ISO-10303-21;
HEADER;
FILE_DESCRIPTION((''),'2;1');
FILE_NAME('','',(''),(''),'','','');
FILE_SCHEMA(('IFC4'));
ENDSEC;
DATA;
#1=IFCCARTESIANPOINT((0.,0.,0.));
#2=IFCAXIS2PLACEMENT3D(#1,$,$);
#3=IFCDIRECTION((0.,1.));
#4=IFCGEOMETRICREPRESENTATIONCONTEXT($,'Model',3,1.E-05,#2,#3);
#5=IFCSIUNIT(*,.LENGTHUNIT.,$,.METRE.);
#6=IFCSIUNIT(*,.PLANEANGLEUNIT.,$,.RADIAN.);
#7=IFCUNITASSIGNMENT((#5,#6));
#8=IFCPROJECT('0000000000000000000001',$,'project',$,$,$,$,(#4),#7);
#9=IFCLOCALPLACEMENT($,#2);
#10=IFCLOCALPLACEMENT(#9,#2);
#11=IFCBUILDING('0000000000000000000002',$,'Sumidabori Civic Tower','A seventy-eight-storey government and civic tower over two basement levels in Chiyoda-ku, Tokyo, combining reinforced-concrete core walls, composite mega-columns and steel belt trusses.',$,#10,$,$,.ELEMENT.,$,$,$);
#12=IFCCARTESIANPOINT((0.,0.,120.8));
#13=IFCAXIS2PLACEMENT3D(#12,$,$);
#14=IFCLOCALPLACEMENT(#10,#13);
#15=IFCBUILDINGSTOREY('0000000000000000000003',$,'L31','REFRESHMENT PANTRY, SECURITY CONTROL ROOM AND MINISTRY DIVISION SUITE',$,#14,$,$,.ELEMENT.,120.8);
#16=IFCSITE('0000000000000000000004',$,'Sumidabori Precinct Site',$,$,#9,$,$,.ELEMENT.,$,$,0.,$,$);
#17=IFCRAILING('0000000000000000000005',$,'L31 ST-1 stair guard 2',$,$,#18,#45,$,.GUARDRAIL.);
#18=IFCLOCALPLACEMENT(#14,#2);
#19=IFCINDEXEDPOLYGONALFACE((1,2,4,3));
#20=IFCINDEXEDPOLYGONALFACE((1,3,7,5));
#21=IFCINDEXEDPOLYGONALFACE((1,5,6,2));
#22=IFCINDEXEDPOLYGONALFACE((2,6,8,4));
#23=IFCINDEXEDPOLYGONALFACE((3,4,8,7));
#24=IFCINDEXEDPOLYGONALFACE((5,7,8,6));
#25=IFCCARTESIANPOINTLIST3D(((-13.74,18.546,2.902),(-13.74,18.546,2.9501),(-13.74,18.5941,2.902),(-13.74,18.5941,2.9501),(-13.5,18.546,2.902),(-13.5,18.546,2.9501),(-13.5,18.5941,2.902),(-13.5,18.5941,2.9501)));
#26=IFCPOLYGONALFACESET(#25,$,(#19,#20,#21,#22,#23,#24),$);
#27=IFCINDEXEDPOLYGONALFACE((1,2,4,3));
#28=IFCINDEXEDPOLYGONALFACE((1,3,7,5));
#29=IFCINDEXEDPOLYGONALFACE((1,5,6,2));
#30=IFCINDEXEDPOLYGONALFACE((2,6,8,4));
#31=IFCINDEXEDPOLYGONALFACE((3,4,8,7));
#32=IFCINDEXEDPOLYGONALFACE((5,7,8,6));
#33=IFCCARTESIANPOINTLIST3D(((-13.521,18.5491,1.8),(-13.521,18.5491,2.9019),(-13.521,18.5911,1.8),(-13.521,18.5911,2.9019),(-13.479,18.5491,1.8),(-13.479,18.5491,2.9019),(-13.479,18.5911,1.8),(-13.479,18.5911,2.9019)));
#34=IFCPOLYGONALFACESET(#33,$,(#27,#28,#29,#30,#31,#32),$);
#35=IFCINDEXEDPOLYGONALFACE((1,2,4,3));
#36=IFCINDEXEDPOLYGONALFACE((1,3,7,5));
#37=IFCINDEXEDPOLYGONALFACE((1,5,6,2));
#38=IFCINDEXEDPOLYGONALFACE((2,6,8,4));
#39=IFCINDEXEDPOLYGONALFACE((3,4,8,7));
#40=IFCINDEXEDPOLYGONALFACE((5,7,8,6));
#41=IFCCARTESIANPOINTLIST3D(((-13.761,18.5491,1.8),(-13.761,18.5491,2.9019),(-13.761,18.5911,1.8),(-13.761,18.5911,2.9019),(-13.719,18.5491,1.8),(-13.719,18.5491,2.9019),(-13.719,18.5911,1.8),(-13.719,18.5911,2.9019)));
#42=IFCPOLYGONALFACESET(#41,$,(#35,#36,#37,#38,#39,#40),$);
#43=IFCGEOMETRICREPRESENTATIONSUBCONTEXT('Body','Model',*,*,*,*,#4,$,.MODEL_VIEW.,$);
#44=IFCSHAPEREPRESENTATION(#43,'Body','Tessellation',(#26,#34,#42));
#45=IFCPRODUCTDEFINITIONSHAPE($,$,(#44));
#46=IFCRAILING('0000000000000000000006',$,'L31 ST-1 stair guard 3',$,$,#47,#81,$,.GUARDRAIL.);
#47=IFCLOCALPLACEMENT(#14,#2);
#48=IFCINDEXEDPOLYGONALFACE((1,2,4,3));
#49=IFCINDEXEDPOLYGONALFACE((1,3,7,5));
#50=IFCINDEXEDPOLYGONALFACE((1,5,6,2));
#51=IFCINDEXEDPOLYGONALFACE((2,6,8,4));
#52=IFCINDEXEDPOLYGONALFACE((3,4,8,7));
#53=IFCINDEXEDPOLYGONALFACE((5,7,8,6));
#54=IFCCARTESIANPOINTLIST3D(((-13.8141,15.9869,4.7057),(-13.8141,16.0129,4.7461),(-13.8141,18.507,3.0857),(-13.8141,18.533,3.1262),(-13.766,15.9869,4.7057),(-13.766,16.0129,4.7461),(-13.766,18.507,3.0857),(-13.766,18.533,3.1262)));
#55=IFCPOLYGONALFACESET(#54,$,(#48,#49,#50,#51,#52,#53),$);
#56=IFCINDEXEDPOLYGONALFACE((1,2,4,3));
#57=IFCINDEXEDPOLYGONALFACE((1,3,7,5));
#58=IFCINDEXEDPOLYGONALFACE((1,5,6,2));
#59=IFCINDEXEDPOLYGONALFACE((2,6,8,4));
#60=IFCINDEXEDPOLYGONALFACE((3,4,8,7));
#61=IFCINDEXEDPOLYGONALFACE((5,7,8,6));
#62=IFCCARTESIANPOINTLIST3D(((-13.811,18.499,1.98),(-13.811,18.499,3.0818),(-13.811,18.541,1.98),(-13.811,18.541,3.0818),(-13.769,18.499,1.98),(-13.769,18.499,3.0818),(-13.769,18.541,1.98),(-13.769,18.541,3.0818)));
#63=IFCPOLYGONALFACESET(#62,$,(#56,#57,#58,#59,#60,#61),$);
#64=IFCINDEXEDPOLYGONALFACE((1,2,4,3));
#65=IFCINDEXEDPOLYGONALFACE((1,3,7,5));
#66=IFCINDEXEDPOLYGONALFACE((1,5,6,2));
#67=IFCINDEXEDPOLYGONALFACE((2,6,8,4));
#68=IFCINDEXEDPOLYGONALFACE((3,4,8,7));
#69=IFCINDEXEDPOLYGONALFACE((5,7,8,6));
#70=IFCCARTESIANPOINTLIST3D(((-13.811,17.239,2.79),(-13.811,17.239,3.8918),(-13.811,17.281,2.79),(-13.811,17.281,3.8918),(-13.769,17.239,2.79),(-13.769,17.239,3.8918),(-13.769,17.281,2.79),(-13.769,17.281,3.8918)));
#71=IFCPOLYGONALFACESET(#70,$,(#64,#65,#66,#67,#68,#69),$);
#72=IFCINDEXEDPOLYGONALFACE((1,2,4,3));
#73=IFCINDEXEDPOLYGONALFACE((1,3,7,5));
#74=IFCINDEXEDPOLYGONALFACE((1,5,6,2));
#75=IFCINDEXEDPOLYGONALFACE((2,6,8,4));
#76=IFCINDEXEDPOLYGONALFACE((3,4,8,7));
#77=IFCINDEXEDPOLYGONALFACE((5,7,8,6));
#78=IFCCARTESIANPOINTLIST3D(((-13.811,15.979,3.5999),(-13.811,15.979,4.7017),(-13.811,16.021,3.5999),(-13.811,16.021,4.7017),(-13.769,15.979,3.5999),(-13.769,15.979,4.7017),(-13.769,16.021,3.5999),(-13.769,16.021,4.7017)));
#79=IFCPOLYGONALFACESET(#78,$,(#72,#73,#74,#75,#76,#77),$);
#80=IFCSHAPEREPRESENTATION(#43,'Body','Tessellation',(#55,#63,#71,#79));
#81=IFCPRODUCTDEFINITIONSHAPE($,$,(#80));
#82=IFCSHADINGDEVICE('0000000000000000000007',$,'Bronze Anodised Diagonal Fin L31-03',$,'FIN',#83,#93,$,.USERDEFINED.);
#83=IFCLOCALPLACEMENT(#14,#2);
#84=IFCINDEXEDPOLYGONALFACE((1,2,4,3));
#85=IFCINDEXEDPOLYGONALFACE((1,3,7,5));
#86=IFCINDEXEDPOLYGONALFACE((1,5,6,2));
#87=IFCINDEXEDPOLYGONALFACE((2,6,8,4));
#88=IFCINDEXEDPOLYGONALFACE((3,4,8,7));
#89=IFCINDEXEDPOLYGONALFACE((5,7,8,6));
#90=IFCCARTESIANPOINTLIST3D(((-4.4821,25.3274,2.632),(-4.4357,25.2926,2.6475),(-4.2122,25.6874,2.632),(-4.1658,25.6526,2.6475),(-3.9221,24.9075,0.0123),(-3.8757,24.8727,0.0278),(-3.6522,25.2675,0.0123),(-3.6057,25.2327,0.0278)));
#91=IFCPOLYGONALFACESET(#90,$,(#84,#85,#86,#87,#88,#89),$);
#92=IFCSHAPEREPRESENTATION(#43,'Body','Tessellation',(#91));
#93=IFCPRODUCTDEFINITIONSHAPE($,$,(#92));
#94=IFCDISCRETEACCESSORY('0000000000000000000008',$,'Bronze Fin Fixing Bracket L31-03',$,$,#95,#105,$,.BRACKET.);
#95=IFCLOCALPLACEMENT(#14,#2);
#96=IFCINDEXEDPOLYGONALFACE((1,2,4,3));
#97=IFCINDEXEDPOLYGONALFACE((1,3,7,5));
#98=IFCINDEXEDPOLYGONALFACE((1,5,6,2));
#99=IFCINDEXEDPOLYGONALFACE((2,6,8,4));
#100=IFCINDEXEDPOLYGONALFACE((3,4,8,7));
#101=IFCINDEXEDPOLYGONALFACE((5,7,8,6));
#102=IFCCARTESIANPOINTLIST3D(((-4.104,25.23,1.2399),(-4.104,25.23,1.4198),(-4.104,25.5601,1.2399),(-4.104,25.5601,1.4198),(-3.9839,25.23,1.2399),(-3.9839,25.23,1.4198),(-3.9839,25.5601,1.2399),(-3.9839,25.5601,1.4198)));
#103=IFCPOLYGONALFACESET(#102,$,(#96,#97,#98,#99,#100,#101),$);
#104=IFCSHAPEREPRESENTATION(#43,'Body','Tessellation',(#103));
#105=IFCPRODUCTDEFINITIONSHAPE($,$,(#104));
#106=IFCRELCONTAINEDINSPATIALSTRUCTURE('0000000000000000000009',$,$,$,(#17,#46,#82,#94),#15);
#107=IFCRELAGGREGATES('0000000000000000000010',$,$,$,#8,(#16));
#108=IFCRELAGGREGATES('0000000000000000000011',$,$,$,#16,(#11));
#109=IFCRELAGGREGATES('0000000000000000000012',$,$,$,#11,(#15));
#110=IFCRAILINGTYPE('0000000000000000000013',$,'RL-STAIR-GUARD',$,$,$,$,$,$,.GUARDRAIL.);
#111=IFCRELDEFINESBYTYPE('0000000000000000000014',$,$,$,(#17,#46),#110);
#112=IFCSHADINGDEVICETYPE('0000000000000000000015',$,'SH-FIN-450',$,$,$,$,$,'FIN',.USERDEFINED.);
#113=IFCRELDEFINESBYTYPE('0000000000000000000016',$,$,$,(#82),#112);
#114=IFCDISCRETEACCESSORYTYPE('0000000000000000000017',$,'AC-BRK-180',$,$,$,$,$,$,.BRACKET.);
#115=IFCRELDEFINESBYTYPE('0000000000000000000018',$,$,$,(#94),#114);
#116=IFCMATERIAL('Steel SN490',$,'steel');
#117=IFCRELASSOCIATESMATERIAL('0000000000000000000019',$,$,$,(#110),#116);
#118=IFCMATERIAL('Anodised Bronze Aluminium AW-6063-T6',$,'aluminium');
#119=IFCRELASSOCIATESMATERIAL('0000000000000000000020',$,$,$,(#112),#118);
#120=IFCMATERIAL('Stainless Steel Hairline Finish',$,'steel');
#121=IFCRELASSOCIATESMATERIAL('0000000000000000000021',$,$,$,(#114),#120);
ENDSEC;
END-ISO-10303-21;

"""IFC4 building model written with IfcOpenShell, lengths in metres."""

from ifc_helpers import new_model, si_unit, direction, frame, origin, origin_2d, place, context, subcontext, project, spatial, rectangle, extrude, source, transform, mapped, material, material_profile, profile_set, type_object, element, save


model = new_model("IFC4")

# Units and contexts
model_context = context("Model", 3, precision=1e-05, world=origin(), true_north=direction((0.0, 1.0)))
body_context = subcontext(model_context, "Body", "Model", "MODEL_VIEW")
ifc_project = project(units=[si_unit("LENGTHUNIT", "METRE"), si_unit("PLANEANGLEUNIT", "RADIAN")], contexts=[model_context])

# Site, building, storey
site_placement = place(None, origin())
site = spatial("IfcSite", under=ifc_project, at=site_placement, Name="Sumidabori Precinct Site", CompositionType="ELEMENT", RefElevation=0.0)
building_placement = place(site_placement, origin())
building = spatial("IfcBuilding", under=site, at=building_placement, Name="Sumidabori Civic Tower", Description="A seventy-eight-storey government and civic tower over two basement levels in Chiyoda-ku, Tokyo, combining reinforced-concrete core walls, composite mega-columns and steel belt trusses.", CompositionType="ELEMENT")
storey_placement = place(building_placement, frame((0.0, 0.0, 120.8)))
storey = spatial("IfcBuildingStorey", under=building, at=storey_placement, Name="L31", Description="REFRESHMENT PANTRY, SECURITY CONTROL ROOM AND MINISTRY DIVISION SUITE", CompositionType="ELEMENT", Elevation=120.8)

# Shared definitions
ifc_material_1 = material(Name="Anodised Bronze Aluminium AW-6063-T6", Category="aluminium")

# Railings
ifc_material_2 = material(Name="Stainless Steel Hairline Finish", Category="steel")
ifc_material_3 = material(Name="Steel SN490", Category="steel")
railing_type_1 = type_object("IfcRailingType", Name="RL-STAIR-GUARD", PredefinedType="GUARDRAIL", material=ifc_material_3)
railing_1_placement = place(storey_placement, frame((-13.5, 18.5701, 1.8)))
element("IfcRailing", 1, at=railing_1_placement, inside=storey, type_object=railing_type_1, Name="L31 ST-1 stair guard 2", PredefinedType="GUARDRAIL", context=body_context, shape_type="SweptSolid", body=[
    extrude(rectangle(XDim=0.0481, YDim=0.0481, at=origin_2d()), frame((0.0, 0.0, 1.126), z_axis=(-1.0, 0.0, 0.0), x_axis=(0.0, -1.0, 0.0)), (0.0, 0.0, 1.0), 0.24),
    extrude(rectangle(XDim=0.042, YDim=0.042, at=origin_2d()), origin(), (0.0, 0.0, 1.0), 1.1018),
    extrude(rectangle(XDim=0.042, YDim=0.042, at=origin_2d()), frame((-0.24, 0.0, 0.0)), (0.0, 0.0, 1.0), 1.1018),
])
railing_2_placement = place(storey_placement, frame((-13.79, 18.52, 1.98)))
element("IfcRailing", 2, at=railing_2_placement, inside=storey, type_object=railing_type_1, Name="L31 ST-1 stair guard 3", PredefinedType="GUARDRAIL", context=body_context, shape_type="SweptSolid", body=[
    extrude(rectangle(XDim=0.0481, YDim=0.0481, at=origin_2d()), frame((0.0, 0.0, 1.126), z_axis=(0.0, -0.8412, 0.540725), x_axis=(1.0, 0.0, 0.0)), (0.0, 0.0, 1.0), 2.9958),
    extrude(rectangle(XDim=0.042, YDim=0.042, at=origin_2d()), origin(), (0.0, 0.0, 1.0), 1.1018),
    extrude(rectangle(XDim=0.042, YDim=0.042, at=origin_2d()), frame((0.0, -1.26, 0.8101)), (0.0, 0.0, 1.0), 1.1018),
    extrude(rectangle(XDim=0.042, YDim=0.042, at=origin_2d()), frame((0.0, -2.52, 1.6199)), (0.0, 0.0, 1.0), 1.1018),
])

# Shading device
ifc_material_profile_1 = material_profile(ifc_material_1, rectangle(XDim=0.0601, YDim=0.45, at=origin_2d()), Name="BRONZE FIN 450x60")
ifc_profile_set_1 = profile_set([ifc_material_profile_1], Name="Anodised Bronze Aluminium AW-6063-T6")
shading_device_type = type_object("IfcShadingDeviceType", Name="SH-FIN-450", ElementType="FIN", PredefinedType="USERDEFINED", material=ifc_profile_set_1)
shared_shape_1 = source(origin(), body_context, "Body", "SweptSolid", [
    extrude(rectangle(XDim=0.0601, YDim=0.45, at=origin_2d()), origin(), (0.0, 0.0, 1.0), 2.7117),
])
shading_device_placement = place(storey_placement, frame((-3.7639, 25.0701, 0.02), z_axis=(-0.206528, 0.154851, 0.966109), x_axis=(0.772968, -0.579558, 0.258133)))
element("IfcShadingDevice", 3, at=shading_device_placement, inside=storey, type_object=shading_device_type, Name="Bronze Anodised Diagonal Fin L31-03", ObjectType="FIN", PredefinedType="USERDEFINED", context=body_context, shape_type="MappedRepresentation", body=[
    mapped(shared_shape_1, transform((0.0, 0.0, 0.0), x_axis=(1.0, 0.0, 0.0), y_axis=(0.0, 1.0, 0.0), z_axis=(0.0, 0.0, 1.0), scale=1.0)),
])

# Discrete accessory
ifc_material_profile_2 = material_profile(ifc_material_2, rectangle(XDim=0.1201, YDim=0.1799, at=origin_2d()), Name="STEEL BRACKET 180x120")
ifc_profile_set_2 = profile_set([ifc_material_profile_2], Name="Stainless Steel Hairline Finish")
discrete_accessory_type = type_object("IfcDiscreteAccessoryType", Name="AC-BRK-180", PredefinedType="BRACKET", material=ifc_profile_set_2)
shared_shape_2 = source(origin(), body_context, "Body", "SweptSolid", [
    extrude(rectangle(XDim=0.1201, YDim=0.1799, at=origin_2d()), origin(), (0.0, 0.0, 1.0), 0.3301),
])
discrete_accessory_placement = place(storey_placement, frame((-4.0439, 25.23, 1.3298), z_axis=(0.0, 1.0, 0.0), x_axis=(-1.0, 0.0, 0.0)))
element("IfcDiscreteAccessory", 4, at=discrete_accessory_placement, inside=storey, type_object=discrete_accessory_type, Name="Bronze Fin Fixing Bracket L31-03", PredefinedType="BRACKET", context=body_context, shape_type="MappedRepresentation", body=[
    mapped(shared_shape_2, transform((0.0, 0.0, 0.0), x_axis=(1.0, 0.0, 0.0), y_axis=(0.0, 1.0, 0.0), z_axis=(0.0, 0.0, 1.0), scale=1.0)),
])

save(model, "model.ifc")
